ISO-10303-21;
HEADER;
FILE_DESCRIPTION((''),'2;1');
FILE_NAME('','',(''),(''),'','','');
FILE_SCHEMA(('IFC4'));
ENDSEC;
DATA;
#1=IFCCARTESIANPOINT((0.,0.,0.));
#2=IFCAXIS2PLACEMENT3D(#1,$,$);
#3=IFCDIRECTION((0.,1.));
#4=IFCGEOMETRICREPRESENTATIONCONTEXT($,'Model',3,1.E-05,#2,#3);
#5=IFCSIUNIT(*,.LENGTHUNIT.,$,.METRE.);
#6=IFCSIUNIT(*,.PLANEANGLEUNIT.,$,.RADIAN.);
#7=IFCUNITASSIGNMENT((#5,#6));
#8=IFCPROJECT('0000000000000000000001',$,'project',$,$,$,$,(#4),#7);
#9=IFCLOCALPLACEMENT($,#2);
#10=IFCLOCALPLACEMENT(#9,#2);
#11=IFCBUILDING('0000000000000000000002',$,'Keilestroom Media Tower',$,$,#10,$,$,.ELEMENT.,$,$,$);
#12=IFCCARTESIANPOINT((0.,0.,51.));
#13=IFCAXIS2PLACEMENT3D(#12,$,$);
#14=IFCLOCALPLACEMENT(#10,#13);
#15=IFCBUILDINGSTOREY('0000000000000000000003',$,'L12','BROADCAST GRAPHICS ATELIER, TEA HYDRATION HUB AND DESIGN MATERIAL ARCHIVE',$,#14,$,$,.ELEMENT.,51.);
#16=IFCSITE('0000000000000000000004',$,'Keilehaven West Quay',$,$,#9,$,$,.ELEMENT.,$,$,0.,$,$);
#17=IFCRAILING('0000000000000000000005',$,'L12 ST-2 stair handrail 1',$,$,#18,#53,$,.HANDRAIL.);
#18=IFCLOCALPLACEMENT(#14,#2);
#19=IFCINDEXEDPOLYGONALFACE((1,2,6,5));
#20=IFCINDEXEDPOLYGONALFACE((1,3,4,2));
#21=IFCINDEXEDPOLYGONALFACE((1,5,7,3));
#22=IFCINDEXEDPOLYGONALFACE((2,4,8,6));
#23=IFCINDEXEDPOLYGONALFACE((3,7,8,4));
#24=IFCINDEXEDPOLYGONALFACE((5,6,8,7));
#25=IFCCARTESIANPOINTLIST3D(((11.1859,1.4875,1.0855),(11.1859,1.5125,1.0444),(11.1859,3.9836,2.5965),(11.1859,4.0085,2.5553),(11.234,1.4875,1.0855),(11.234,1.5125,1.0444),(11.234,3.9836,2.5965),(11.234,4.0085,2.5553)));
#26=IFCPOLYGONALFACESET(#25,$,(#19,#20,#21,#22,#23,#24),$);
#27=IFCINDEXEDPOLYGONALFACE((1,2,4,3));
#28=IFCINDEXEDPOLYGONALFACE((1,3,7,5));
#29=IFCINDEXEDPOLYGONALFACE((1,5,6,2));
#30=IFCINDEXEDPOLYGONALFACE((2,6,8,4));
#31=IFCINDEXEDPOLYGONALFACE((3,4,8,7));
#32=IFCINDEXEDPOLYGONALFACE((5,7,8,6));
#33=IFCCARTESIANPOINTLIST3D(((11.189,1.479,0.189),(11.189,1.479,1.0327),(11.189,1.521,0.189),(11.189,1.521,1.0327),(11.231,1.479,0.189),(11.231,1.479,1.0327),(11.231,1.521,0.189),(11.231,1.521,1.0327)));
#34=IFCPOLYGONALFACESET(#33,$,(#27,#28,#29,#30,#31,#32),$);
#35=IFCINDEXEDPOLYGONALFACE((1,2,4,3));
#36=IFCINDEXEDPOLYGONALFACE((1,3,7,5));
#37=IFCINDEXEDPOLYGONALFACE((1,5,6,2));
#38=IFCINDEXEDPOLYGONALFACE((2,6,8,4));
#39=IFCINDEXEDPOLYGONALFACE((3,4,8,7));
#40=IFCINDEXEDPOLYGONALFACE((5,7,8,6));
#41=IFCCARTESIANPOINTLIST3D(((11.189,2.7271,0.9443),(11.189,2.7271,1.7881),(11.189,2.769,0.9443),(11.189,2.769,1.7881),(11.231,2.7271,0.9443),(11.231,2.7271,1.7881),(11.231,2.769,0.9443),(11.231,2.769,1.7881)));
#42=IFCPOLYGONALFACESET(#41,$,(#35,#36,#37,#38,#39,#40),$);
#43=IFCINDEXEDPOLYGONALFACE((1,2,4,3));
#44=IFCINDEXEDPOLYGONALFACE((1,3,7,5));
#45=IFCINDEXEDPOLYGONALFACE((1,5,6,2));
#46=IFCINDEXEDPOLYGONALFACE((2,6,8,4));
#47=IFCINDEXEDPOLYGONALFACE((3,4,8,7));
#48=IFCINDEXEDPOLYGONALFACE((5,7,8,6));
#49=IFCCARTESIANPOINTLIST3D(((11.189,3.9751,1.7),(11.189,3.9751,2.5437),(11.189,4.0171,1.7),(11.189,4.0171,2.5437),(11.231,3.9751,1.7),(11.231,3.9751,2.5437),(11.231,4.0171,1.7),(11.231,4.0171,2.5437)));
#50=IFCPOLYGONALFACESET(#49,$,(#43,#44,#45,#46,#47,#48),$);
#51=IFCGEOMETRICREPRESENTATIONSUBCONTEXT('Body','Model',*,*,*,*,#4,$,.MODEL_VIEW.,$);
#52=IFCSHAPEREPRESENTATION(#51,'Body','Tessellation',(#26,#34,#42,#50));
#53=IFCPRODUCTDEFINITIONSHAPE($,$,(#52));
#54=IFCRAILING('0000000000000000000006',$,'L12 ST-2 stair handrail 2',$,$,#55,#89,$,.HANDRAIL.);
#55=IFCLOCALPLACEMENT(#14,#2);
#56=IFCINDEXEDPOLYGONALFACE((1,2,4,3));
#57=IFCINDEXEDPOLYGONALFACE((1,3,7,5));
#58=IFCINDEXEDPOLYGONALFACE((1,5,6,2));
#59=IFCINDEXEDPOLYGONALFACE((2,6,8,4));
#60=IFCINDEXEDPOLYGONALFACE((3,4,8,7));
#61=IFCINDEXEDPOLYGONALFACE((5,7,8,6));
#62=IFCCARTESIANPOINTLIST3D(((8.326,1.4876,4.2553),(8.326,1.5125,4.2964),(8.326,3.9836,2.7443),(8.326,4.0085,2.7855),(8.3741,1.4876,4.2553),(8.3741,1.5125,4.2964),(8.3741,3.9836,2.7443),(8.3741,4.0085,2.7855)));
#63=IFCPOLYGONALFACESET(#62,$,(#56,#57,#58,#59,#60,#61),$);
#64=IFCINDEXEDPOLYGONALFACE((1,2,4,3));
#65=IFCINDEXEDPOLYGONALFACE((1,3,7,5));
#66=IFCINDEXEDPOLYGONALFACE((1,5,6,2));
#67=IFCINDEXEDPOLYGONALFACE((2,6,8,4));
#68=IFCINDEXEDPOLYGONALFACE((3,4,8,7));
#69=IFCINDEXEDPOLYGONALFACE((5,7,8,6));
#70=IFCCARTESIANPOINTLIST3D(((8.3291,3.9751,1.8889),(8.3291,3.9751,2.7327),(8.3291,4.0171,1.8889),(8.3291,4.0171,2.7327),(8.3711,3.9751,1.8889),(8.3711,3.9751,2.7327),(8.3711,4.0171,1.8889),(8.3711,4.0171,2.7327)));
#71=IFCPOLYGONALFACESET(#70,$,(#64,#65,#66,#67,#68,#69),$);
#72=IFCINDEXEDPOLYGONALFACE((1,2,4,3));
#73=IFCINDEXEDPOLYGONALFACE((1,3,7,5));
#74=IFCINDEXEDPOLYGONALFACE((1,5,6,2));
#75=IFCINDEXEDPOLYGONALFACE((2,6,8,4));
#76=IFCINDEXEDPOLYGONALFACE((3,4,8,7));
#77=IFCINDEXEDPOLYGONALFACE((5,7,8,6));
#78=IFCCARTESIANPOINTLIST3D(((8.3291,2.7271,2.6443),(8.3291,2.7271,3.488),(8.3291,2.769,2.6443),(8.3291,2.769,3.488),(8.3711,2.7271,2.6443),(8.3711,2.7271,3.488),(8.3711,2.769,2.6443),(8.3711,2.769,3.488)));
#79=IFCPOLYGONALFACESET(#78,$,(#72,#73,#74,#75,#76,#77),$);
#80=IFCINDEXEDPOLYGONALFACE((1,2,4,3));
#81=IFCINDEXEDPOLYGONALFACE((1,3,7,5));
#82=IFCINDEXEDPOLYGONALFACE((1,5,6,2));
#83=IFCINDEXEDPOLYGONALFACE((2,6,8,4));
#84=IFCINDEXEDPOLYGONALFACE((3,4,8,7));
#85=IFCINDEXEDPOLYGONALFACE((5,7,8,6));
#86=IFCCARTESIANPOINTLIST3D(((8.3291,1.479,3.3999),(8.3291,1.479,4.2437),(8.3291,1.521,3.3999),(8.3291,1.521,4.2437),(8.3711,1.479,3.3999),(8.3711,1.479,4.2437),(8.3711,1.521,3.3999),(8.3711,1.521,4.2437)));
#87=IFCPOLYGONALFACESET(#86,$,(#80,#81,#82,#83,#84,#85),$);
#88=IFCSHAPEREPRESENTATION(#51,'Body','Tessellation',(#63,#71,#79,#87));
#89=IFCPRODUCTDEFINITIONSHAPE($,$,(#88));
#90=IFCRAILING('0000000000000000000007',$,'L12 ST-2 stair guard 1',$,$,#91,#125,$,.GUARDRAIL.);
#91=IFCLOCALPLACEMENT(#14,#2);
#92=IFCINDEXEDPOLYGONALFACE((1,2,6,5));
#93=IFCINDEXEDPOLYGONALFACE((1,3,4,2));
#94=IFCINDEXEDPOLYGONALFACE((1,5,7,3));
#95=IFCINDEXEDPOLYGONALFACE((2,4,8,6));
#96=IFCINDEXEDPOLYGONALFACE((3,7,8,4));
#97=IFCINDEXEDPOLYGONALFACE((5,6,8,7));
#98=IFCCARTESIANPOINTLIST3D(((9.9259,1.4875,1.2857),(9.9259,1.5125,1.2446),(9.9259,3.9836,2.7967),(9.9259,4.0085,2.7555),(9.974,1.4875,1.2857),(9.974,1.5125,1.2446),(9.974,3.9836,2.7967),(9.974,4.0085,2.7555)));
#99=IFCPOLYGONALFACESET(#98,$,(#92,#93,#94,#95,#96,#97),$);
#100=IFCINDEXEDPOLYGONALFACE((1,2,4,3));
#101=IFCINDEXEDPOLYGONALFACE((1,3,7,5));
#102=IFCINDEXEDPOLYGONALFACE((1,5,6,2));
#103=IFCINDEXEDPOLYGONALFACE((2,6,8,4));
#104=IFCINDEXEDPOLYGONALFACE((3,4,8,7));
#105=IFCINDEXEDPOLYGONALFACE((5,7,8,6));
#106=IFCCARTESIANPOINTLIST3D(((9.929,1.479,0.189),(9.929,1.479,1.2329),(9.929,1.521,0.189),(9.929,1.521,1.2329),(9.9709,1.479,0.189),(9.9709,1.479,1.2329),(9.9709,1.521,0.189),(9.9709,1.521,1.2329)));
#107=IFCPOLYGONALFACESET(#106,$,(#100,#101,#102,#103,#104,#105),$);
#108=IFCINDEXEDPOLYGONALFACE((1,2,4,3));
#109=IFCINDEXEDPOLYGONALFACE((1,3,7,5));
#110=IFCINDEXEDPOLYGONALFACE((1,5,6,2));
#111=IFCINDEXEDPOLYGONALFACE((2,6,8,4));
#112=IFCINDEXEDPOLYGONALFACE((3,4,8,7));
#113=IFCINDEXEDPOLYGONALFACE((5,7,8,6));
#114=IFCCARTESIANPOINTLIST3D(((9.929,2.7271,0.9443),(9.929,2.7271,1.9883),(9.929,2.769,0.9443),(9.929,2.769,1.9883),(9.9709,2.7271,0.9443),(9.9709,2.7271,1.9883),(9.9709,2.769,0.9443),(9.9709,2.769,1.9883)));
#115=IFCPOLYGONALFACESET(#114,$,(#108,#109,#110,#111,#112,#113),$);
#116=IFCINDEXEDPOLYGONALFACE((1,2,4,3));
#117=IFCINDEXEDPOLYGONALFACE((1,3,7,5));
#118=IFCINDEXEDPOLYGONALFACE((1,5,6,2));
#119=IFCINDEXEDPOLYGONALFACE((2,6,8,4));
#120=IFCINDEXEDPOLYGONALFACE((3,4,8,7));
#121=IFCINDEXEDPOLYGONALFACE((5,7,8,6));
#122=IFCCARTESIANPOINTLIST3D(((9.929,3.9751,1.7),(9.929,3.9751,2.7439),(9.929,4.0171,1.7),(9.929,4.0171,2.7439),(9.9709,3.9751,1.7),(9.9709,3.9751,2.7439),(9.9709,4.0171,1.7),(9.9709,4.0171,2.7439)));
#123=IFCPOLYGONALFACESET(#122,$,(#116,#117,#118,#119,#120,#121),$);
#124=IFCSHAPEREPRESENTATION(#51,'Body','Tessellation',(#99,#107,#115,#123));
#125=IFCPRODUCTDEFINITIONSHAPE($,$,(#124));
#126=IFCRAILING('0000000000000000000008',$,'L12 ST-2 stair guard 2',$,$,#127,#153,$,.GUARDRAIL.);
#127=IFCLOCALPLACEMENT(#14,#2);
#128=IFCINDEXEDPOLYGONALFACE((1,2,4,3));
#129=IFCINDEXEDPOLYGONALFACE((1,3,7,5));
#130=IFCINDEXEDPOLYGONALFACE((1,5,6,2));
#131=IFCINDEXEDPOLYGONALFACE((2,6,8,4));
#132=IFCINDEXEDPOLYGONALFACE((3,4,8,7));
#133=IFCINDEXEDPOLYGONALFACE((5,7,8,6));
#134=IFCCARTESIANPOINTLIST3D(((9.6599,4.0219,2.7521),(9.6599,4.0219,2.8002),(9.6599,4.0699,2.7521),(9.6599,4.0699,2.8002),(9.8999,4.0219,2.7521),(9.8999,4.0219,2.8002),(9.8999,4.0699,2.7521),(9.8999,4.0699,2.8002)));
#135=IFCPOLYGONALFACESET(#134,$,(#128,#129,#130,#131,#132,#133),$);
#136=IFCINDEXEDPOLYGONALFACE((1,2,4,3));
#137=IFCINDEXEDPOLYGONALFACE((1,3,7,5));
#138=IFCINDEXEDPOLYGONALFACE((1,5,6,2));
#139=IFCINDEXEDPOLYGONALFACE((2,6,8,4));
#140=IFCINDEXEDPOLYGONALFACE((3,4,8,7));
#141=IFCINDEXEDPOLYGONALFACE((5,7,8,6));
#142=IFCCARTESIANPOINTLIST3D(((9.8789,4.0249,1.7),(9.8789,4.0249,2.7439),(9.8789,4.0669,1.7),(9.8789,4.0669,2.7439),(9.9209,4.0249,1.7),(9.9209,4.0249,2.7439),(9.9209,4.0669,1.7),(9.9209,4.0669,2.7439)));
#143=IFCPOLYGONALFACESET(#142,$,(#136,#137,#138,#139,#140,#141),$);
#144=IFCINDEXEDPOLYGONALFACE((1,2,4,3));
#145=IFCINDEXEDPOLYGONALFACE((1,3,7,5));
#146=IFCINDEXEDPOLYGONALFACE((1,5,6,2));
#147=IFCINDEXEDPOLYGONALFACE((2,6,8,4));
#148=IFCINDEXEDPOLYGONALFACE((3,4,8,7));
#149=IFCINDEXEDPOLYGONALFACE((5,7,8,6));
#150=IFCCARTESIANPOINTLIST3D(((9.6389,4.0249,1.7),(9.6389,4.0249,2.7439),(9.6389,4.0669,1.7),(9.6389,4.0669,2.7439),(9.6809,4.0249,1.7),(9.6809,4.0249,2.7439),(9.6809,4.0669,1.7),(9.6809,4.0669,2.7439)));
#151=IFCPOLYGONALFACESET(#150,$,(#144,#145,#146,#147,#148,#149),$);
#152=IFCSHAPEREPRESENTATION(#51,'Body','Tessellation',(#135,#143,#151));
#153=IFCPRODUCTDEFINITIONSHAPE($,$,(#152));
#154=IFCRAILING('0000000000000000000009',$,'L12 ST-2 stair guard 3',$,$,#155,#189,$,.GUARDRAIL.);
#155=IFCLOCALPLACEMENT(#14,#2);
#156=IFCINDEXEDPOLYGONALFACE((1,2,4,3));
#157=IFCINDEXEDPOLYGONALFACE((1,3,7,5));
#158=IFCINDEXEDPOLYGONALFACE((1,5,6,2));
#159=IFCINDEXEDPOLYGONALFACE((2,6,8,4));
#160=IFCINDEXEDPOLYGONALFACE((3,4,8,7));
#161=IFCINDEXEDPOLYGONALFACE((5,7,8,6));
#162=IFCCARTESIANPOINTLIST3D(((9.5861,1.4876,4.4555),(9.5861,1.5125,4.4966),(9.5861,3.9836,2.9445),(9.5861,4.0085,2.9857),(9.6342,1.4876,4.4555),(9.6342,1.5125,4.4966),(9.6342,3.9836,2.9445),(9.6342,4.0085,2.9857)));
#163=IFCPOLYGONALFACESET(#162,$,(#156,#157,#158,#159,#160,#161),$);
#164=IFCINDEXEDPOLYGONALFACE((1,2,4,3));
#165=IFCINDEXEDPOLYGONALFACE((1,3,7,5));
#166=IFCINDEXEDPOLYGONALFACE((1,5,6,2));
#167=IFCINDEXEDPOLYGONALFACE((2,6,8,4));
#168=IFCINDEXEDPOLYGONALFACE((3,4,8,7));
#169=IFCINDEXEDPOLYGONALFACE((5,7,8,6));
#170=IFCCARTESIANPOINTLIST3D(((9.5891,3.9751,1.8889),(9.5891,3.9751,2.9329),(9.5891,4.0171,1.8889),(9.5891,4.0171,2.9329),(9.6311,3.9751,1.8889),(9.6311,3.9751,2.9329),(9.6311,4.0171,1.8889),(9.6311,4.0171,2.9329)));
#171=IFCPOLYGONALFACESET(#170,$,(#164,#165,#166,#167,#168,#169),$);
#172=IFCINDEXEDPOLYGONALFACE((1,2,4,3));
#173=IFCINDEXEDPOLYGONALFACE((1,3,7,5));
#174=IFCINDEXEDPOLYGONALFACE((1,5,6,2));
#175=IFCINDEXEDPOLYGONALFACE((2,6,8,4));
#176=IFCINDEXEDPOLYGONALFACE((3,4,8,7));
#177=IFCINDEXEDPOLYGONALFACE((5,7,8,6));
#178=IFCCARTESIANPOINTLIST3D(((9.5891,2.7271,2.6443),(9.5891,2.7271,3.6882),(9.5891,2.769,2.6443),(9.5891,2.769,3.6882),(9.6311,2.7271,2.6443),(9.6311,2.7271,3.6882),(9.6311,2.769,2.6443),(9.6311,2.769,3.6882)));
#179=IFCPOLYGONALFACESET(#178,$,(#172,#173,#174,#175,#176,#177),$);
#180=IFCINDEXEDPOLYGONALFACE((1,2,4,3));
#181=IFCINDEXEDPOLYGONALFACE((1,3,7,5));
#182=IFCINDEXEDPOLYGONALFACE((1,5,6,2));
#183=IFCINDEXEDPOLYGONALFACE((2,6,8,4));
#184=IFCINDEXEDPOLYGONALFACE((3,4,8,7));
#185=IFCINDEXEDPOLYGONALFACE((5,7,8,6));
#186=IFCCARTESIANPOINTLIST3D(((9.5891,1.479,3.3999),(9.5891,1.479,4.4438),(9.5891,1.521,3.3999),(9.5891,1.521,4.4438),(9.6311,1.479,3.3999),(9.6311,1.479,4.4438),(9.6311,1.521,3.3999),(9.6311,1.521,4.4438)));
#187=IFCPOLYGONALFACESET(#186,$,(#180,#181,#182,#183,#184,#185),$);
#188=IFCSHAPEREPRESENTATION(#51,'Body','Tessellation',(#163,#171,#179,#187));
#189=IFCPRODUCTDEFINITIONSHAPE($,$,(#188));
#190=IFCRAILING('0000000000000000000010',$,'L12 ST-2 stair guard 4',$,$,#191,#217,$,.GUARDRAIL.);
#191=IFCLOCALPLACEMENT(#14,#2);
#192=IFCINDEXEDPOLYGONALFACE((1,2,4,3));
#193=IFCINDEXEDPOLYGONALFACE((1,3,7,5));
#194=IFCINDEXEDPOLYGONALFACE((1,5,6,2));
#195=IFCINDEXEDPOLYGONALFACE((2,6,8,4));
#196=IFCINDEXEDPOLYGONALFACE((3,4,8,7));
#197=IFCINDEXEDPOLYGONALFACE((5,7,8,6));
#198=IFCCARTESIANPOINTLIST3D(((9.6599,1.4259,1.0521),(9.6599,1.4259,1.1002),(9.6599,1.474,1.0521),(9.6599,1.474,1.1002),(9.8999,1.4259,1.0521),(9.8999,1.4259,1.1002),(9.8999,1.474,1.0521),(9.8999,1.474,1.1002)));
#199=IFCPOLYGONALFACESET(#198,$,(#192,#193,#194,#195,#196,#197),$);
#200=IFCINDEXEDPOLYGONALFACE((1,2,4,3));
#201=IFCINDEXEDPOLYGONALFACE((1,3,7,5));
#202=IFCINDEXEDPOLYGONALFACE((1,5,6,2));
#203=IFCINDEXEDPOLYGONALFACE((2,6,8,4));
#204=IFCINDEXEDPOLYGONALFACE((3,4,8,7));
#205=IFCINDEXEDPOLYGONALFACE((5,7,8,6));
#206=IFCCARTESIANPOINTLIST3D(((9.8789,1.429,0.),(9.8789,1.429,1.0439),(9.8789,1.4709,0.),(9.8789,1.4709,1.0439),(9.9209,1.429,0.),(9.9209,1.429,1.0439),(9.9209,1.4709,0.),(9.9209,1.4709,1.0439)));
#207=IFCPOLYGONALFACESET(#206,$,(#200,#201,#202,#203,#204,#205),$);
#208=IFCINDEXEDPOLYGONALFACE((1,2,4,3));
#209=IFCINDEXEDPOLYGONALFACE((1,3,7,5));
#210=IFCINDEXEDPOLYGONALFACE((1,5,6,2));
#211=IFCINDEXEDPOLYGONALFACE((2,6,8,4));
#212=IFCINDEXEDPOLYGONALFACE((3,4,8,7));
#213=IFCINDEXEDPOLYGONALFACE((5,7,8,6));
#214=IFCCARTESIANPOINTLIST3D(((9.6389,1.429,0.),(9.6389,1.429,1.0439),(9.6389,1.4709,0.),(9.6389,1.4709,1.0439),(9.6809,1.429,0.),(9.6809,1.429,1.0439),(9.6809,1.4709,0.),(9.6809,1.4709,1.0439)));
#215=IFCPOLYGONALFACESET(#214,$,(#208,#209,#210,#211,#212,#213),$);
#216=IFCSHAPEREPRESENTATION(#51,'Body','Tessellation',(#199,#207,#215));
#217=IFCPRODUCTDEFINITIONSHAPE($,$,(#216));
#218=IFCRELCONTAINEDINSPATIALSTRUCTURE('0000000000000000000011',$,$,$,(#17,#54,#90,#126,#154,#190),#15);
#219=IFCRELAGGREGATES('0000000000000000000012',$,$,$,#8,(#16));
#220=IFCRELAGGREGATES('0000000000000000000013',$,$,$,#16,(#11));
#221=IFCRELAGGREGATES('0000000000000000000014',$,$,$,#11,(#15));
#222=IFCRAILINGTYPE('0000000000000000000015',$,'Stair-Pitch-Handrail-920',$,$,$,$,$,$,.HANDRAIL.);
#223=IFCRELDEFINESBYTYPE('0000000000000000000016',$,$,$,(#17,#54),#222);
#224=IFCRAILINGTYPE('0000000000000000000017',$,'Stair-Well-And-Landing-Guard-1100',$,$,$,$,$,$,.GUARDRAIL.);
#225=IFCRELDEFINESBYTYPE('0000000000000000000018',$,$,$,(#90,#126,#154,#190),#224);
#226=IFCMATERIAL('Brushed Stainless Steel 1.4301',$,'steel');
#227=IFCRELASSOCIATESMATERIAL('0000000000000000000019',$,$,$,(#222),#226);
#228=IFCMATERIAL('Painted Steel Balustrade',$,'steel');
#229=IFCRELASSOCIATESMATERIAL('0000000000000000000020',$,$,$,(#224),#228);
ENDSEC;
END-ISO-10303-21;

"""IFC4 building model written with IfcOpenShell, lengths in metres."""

from ifc_helpers import new_model, si_unit, direction, frame, origin, origin_2d, place, context, subcontext, project, spatial, rectangle, extrude, material, type_object, element, save


model = new_model("IFC4")

# Units and contexts
model_context = context("Model", 3, precision=1e-05, world=origin(), true_north=direction((0.0, 1.0)))
body_context = subcontext(model_context, "Body", "Model", "MODEL_VIEW")
ifc_project = project(units=[si_unit("LENGTHUNIT", "METRE"), si_unit("PLANEANGLEUNIT", "RADIAN")], contexts=[model_context])

# Site, building, storey
site_placement = place(None, origin())
site = spatial("IfcSite", under=ifc_project, at=site_placement, Name="Keilehaven West Quay", CompositionType="ELEMENT", RefElevation=0.0)
building_placement = place(site_placement, origin())
building = spatial("IfcBuilding", under=site, at=building_placement, Name="Keilestroom Media Tower", CompositionType="ELEMENT")
storey_placement = place(building_placement, frame((0.0, 0.0, 51.0)))
storey = spatial("IfcBuildingStorey", under=building, at=storey_placement, Name="L12", Description="BROADCAST GRAPHICS ATELIER, TEA HYDRATION HUB AND DESIGN MATERIAL ARCHIVE", CompositionType="ELEMENT", Elevation=51.0)

# Railings
ifc_material_1 = material(Name="Brushed Stainless Steel 1.4301", Category="steel")
railing_type_1 = type_object("IfcRailingType", Name="Stair-Pitch-Handrail-920", PredefinedType="HANDRAIL", material=ifc_material_1)
railing_1_placement = place(storey_placement, frame((11.21, 1.5, 0.189)))
element("IfcRailing", 1, at=railing_1_placement, inside=storey, type_object=railing_type_1, Name="L12 ST-2 stair handrail 1", PredefinedType="HANDRAIL", context=body_context, shape_type="SweptSolid", body=[
    extrude(rectangle(XDim=0.0481, YDim=0.0481, at=origin_2d()), frame((0.0, 0.0, 0.876), z_axis=(0.0, 0.855471, 0.517851), x_axis=(-1.0, 0.0, 0.0)), (0.0, 0.0, 1.0), 2.9177),
    extrude(rectangle(XDim=0.042, YDim=0.042, at=origin_2d()), origin(), (0.0, 0.0, 1.0), 0.8438),
    extrude(rectangle(XDim=0.042, YDim=0.042, at=origin_2d()), frame((0.0, 1.248, 0.7554)), (0.0, 0.0, 1.0), 0.8438),
    extrude(rectangle(XDim=0.042, YDim=0.042, at=origin_2d()), frame((0.0, 2.4961, 1.511)), (0.0, 0.0, 1.0), 0.8438),
])
railing_2_placement = place(storey_placement, frame((8.3501, 3.9961, 1.8889)))
element("IfcRailing", 2, at=railing_2_placement, inside=storey, type_object=railing_type_1, Name="L12 ST-2 stair handrail 2", PredefinedType="HANDRAIL", context=body_context, shape_type="SweptSolid", body=[
    extrude(rectangle(XDim=0.0481, YDim=0.0481, at=origin_2d()), frame((0.0, 0.0, 0.876), z_axis=(0.0, -0.855471, 0.517851), x_axis=(1.0, 0.0, 0.0)), (0.0, 0.0, 1.0), 2.9177),
    extrude(rectangle(XDim=0.042, YDim=0.042, at=origin_2d()), origin(), (0.0, 0.0, 1.0), 0.8438),
    extrude(rectangle(XDim=0.042, YDim=0.042, at=origin_2d()), frame((0.0, -1.248, 0.7554)), (0.0, 0.0, 1.0), 0.8438),
    extrude(rectangle(XDim=0.042, YDim=0.042, at=origin_2d()), frame((0.0, -2.4961, 1.511)), (0.0, 0.0, 1.0), 0.8438),
])
ifc_material_2 = material(Name="Painted Steel Balustrade", Category="steel")
railing_type_2 = type_object("IfcRailingType", Name="Stair-Well-And-Landing-Guard-1100", PredefinedType="GUARDRAIL", material=ifc_material_2)
railing_3_placement = place(storey_placement, frame((9.95, 1.5, 0.189)))
element("IfcRailing", 3, at=railing_3_placement, inside=storey, type_object=railing_type_2, Name="L12 ST-2 stair guard 1", PredefinedType="GUARDRAIL", context=body_context, shape_type="SweptSolid", body=[
    extrude(rectangle(XDim=0.0481, YDim=0.0481, at=origin_2d()), frame((0.0, 0.0, 1.0762), z_axis=(0.0, 0.855471, 0.517851), x_axis=(-1.0, 0.0, 0.0)), (0.0, 0.0, 1.0), 2.9177),
    extrude(rectangle(XDim=0.042, YDim=0.042, at=origin_2d()), origin(), (0.0, 0.0, 1.0), 1.0439),
    extrude(rectangle(XDim=0.042, YDim=0.042, at=origin_2d()), frame((0.0, 1.248, 0.7554)), (0.0, 0.0, 1.0), 1.0439),
    extrude(rectangle(XDim=0.042, YDim=0.042, at=origin_2d()), frame((0.0, 2.4961, 1.511)), (0.0, 0.0, 1.0), 1.0439),
])
railing_4_placement = place(storey_placement, frame((9.8999, 4.0459, 1.7)))
element("IfcRailing", 4, at=railing_4_placement, inside=storey, type_object=railing_type_2, Name="L12 ST-2 stair guard 2", PredefinedType="GUARDRAIL", context=body_context, shape_type="SweptSolid", body=[
    extrude(rectangle(XDim=0.0481, YDim=0.0481, at=origin_2d()), frame((0.0, 0.0, 1.0762), z_axis=(-1.0, 0.0, 0.0), x_axis=(0.0, -1.0, 0.0)), (0.0, 0.0, 1.0), 0.24),
    extrude(rectangle(XDim=0.042, YDim=0.042, at=origin_2d()), origin(), (0.0, 0.0, 1.0), 1.0439),
    extrude(rectangle(XDim=0.042, YDim=0.042, at=origin_2d()), frame((-0.24, 0.0, 0.0)), (0.0, 0.0, 1.0), 1.0439),
])
railing_5_placement = place(storey_placement, frame((9.6101, 3.9961, 1.8889)))
element("IfcRailing", 5, at=railing_5_placement, inside=storey, type_object=railing_type_2, Name="L12 ST-2 stair guard 3", PredefinedType="GUARDRAIL", context=body_context, shape_type="SweptSolid", body=[
    extrude(rectangle(XDim=0.0481, YDim=0.0481, at=origin_2d()), frame((0.0, 0.0, 1.0762), z_axis=(0.0, -0.855471, 0.517851), x_axis=(1.0, 0.0, 0.0)), (0.0, 0.0, 1.0), 2.9177),
    extrude(rectangle(XDim=0.042, YDim=0.042, at=origin_2d()), origin(), (0.0, 0.0, 1.0), 1.0439),
    extrude(rectangle(XDim=0.042, YDim=0.042, at=origin_2d()), frame((0.0, -1.248, 0.7554)), (0.0, 0.0, 1.0), 1.0439),
    extrude(rectangle(XDim=0.042, YDim=0.042, at=origin_2d()), frame((0.0, -2.4961, 1.511)), (0.0, 0.0, 1.0), 1.0439),
])
railing_6_placement = place(storey_placement, frame((9.8999, 1.45, 0.0)))
element("IfcRailing", 6, at=railing_6_placement, inside=storey, type_object=railing_type_2, Name="L12 ST-2 stair guard 4", PredefinedType="GUARDRAIL", context=body_context, shape_type="SweptSolid", body=[
    extrude(rectangle(XDim=0.0481, YDim=0.0481, at=origin_2d()), frame((0.0, 0.0, 1.0762), z_axis=(-1.0, 0.0, 0.0), x_axis=(0.0, -1.0, 0.0)), (0.0, 0.0, 1.0), 0.24),
    extrude(rectangle(XDim=0.042, YDim=0.042, at=origin_2d()), origin(), (0.0, 0.0, 1.0), 1.0439),
    extrude(rectangle(XDim=0.042, YDim=0.042, at=origin_2d()), frame((-0.24, 0.0, 0.0)), (0.0, 0.0, 1.0), 1.0439),
])

save(model, "model.ifc")
